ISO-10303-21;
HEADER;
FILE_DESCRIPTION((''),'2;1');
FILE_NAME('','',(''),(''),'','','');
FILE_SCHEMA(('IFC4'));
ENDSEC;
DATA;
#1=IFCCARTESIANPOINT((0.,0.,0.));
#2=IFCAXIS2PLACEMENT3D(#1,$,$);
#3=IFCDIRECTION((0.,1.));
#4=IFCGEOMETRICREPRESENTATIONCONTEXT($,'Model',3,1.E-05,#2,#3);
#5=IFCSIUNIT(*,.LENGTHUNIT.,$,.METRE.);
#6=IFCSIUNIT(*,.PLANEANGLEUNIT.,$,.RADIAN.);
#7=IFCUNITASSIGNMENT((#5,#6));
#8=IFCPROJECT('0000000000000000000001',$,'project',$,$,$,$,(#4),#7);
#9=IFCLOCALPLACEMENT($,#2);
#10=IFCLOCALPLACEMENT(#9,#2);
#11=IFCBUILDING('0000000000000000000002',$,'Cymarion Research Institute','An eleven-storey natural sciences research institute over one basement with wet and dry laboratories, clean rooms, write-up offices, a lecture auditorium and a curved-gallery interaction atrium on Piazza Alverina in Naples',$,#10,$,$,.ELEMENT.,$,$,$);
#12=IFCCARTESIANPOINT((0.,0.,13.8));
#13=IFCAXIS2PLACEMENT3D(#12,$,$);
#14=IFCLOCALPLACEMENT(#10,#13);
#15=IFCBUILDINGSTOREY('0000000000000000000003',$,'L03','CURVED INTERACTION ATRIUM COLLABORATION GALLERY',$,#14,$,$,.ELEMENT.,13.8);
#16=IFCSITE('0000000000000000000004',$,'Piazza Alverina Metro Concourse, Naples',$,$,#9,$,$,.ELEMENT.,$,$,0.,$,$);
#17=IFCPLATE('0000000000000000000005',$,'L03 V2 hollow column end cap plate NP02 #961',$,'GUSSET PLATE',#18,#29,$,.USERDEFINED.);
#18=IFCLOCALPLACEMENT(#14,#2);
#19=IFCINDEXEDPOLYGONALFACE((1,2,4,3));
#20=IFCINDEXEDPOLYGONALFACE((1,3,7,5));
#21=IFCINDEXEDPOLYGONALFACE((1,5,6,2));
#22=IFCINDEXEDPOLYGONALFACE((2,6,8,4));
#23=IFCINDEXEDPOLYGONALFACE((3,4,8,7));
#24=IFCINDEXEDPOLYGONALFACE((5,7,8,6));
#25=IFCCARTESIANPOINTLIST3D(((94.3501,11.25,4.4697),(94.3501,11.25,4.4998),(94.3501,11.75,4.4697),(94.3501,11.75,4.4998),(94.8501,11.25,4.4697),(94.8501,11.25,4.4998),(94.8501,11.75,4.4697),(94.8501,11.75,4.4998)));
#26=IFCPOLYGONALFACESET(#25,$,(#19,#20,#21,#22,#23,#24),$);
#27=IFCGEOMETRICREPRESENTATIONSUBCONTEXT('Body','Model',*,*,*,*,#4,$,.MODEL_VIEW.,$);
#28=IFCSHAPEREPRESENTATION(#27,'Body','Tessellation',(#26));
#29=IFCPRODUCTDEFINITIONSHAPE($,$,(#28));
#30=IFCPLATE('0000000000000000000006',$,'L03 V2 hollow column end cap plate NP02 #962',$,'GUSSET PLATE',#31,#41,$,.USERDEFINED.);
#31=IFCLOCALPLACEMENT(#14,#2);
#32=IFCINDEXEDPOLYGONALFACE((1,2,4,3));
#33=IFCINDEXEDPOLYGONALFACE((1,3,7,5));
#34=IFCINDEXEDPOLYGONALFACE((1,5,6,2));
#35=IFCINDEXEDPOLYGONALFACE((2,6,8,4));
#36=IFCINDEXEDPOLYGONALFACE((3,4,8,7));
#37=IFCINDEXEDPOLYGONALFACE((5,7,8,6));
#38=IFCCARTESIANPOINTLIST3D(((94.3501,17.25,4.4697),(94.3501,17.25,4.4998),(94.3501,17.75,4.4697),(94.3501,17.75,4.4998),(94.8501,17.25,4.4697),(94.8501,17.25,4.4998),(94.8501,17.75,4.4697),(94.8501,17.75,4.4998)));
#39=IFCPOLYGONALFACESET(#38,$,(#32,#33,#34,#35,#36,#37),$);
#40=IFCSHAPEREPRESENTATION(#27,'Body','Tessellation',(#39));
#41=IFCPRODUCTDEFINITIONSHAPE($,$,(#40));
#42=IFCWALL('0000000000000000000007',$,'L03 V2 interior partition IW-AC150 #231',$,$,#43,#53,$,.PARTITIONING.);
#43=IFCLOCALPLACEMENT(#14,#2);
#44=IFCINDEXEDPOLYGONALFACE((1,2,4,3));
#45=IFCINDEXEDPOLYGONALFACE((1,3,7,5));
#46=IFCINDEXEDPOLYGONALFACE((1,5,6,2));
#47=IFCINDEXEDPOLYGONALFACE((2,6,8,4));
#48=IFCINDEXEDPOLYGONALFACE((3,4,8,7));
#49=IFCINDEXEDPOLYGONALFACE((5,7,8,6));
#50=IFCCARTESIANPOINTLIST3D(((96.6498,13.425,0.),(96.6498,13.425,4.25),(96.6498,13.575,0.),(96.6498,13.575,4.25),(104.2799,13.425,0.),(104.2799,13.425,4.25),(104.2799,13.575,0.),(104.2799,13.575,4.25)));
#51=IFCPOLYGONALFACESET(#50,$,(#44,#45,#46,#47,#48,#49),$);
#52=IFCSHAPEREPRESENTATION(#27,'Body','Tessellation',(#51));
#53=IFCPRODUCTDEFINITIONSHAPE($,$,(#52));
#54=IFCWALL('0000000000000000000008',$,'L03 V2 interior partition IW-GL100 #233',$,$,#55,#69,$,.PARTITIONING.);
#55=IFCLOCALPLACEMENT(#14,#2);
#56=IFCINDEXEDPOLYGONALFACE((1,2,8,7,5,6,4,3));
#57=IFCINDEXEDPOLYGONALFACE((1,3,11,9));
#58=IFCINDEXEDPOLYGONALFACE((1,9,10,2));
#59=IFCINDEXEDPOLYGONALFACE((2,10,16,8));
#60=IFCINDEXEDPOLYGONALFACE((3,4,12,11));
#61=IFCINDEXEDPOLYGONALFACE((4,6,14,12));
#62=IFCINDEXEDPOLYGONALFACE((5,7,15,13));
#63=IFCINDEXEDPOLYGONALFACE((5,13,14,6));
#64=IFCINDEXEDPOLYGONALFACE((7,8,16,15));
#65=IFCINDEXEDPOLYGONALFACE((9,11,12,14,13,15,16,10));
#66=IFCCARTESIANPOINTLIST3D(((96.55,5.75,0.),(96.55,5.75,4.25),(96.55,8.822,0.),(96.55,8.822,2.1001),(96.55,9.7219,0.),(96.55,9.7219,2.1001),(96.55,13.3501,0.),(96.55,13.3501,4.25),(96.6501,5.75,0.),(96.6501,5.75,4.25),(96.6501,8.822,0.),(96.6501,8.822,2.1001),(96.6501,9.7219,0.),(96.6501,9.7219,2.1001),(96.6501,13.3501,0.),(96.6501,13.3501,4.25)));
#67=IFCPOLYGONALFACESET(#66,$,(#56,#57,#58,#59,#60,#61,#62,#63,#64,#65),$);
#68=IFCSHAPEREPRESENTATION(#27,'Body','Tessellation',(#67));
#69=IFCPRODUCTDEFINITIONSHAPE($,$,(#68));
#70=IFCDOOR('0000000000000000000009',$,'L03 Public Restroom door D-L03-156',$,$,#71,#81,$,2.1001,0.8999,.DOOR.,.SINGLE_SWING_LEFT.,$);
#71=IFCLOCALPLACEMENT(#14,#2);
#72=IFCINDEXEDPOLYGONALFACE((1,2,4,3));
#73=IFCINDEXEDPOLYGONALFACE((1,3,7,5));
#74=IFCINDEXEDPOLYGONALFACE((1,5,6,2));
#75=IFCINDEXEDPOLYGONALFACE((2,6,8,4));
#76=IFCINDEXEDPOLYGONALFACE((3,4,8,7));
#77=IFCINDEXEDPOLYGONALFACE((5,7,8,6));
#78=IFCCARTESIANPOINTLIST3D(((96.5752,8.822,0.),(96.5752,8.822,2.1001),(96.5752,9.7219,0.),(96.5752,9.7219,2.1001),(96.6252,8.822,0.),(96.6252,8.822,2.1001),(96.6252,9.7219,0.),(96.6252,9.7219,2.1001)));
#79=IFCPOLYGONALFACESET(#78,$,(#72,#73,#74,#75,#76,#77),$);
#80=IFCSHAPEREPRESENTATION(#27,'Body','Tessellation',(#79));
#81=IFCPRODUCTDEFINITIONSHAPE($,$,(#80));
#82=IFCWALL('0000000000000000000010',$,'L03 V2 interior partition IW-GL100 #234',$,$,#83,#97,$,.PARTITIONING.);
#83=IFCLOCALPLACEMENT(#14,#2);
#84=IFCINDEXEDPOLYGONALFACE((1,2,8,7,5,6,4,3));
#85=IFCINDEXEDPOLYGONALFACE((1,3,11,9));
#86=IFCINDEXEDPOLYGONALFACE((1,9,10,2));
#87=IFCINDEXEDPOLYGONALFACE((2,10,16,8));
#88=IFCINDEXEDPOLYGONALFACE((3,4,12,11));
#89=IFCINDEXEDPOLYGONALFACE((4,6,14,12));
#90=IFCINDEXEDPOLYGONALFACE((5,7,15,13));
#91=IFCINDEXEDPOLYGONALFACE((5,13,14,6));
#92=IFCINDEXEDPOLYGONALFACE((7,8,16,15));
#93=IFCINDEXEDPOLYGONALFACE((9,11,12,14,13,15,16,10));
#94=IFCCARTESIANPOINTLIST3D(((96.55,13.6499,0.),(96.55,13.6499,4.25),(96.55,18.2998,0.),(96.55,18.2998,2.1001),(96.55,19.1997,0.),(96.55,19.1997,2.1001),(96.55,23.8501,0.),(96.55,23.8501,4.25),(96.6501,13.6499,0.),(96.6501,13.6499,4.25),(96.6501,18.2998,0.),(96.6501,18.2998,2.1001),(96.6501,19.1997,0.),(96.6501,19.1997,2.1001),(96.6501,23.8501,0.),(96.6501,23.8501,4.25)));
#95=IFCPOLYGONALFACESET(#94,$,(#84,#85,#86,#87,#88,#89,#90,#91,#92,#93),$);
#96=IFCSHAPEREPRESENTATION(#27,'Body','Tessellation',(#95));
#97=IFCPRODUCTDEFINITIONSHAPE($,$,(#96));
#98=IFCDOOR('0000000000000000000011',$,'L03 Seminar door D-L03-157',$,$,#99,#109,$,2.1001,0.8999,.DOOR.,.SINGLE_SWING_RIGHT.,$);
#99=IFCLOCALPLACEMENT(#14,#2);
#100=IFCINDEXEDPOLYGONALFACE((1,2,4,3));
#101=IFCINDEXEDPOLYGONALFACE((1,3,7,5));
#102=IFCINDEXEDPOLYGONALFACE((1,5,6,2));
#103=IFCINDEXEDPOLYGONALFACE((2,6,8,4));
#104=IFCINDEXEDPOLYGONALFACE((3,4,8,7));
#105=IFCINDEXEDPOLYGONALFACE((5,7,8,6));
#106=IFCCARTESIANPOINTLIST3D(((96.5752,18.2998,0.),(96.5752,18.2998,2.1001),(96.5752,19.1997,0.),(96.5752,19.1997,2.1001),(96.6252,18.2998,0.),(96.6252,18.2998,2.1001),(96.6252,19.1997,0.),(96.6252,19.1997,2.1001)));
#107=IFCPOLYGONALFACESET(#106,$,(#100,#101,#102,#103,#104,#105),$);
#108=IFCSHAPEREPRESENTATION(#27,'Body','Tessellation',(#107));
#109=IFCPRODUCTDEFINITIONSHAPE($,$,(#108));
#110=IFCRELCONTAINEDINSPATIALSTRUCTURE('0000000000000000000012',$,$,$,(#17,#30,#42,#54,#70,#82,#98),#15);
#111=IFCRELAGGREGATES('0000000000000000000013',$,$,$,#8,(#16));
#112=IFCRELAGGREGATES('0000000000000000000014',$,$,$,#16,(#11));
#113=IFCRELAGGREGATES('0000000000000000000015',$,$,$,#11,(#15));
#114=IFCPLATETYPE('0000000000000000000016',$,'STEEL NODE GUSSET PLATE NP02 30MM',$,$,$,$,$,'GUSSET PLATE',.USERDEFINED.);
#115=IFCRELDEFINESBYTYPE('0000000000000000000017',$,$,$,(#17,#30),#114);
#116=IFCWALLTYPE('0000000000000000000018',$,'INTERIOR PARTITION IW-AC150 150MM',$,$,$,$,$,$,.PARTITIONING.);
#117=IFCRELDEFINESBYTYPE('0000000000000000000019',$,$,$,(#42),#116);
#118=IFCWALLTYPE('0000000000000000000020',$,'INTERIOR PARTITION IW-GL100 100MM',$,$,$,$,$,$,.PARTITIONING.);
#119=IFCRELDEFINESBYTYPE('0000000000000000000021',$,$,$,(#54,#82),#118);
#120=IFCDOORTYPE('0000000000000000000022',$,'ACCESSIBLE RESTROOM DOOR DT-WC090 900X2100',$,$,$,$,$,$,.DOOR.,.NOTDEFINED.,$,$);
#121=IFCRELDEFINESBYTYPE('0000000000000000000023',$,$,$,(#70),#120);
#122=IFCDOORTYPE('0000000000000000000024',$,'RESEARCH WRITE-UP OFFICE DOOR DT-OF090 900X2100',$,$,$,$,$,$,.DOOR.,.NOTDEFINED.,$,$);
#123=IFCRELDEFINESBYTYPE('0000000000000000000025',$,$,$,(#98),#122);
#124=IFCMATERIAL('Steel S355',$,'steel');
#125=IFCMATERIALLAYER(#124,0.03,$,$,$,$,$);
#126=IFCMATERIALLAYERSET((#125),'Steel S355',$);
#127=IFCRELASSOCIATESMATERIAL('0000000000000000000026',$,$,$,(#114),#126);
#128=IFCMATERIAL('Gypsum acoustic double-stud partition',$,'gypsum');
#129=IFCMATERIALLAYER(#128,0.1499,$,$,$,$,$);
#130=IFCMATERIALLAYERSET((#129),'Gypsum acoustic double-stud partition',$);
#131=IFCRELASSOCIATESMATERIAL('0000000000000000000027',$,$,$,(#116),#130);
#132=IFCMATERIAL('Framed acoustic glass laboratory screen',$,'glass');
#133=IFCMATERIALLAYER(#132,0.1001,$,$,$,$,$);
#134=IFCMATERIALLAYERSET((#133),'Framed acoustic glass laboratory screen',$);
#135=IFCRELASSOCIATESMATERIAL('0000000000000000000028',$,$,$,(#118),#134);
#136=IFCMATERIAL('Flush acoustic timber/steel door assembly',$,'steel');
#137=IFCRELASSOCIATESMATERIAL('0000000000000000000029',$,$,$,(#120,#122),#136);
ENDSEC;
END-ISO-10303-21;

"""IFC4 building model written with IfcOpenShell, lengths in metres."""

from ifc_helpers import new_model, si_unit, direction, frame, frame_2d, origin, origin_2d, place, context, subcontext, project, spatial, rectangle, extrude, material, layer, layer_set, type_object, element, fill, save


model = new_model("IFC4")

# Units and contexts
model_context = context("Model", 3, precision=1e-05, world=origin(), true_north=direction((0.0, 1.0)))
body_context = subcontext(model_context, "Body", "Model", "MODEL_VIEW")
ifc_project = project(units=[si_unit("LENGTHUNIT", "METRE"), si_unit("PLANEANGLEUNIT", "RADIAN")], contexts=[model_context])

# Site, building, storey
site_placement = place(None, origin())
site = spatial("IfcSite", under=ifc_project, at=site_placement, Name="Piazza Alverina Metro Concourse, Naples", CompositionType="ELEMENT", RefElevation=0.0)
building_placement = place(site_placement, origin())
building = spatial("IfcBuilding", under=site, at=building_placement, Name="Cymarion Research Institute", Description="An eleven-storey natural sciences research institute over one basement with wet and dry laboratories, clean rooms, write-up offices, a lecture auditorium and a curved-gallery interaction atrium on Piazza Alverina in Naples", CompositionType="ELEMENT")
storey_placement = place(building_placement, frame((0.0, 0.0, 13.8)))
storey = spatial("IfcBuildingStorey", under=building, at=storey_placement, Name="L03", Description="CURVED INTERACTION ATRIUM COLLABORATION GALLERY", CompositionType="ELEMENT", Elevation=13.8)

# Shared definitions
ifc_material_1 = material(Name="Steel S355", Category="steel")

# Plates
ifc_layer_1 = layer(ifc_material_1, 0.03)
ifc_layer_set_1 = layer_set([ifc_layer_1], Name="Steel S355")
plate_type_1 = type_object("IfcPlateType", Name="STEEL NODE GUSSET PLATE NP02 30MM", ElementType="GUSSET PLATE", PredefinedType="USERDEFINED", material=ifc_layer_set_1)
for number, where, z_axis, x_axis, name in (
    (1, (94.6001, 11.5, 4.4697), (0.0, 0.0, 1.0), (1.0, 0.0, 0.0), "L03 V2 hollow column end cap plate NP02 #961"),
    (2, (94.6001, 17.5, 4.4697), (0.0, 0.0, 1.0), (1.0, 0.0, 0.0), "L03 V2 hollow column end cap plate NP02 #962"),
):
    element("IfcPlate", number, at=place(storey_placement, frame(where, z_axis=z_axis, x_axis=x_axis)), inside=storey, type_object=plate_type_1, Name=name, ObjectType="GUSSET PLATE", PredefinedType="USERDEFINED", context=body_context, shape_type="SweptSolid", body=[
        extrude(rectangle(XDim=0.5, YDim=0.5, at=origin_2d()), origin(), (0.0, 0.0, 1.0), 0.03),
    ])

# Wall
ifc_material_2 = material(Name="Gypsum acoustic double-stud partition", Category="gypsum")
ifc_layer_2 = layer(ifc_material_2, 0.1499)
ifc_layer_set_2 = layer_set([ifc_layer_2], Name="Gypsum acoustic double-stud partition")
wall_type_1 = type_object("IfcWallType", Name="INTERIOR PARTITION IW-AC150 150MM", PredefinedType="PARTITIONING", material=ifc_layer_set_2)
wall_1_placement = place(storey_placement, frame((96.6499, 13.5, 0.0), z_axis=(0.0, 0.0, 1.0), x_axis=(1.0, 0.0, 0.0)))
element("IfcWall", 3, at=wall_1_placement, inside=storey, type_object=wall_type_1, Name="L03 V2 interior partition IW-AC150 #231", PredefinedType="PARTITIONING", context=body_context, shape_type="SweptSolid", body=[
    extrude(rectangle(XDim=7.6301, YDim=0.1499, at=frame_2d((3.8149, 0.0))), origin(), (0.0, 0.0, 1.0), 4.25),
])

# Walls, openings, doors
ifc_material_3 = material(Name="Framed acoustic glass laboratory screen", Category="glass")
ifc_layer_3 = layer(ifc_material_3, 0.1001)
ifc_layer_set_3 = layer_set([ifc_layer_3], Name="Framed acoustic glass laboratory screen")
wall_type_2 = type_object("IfcWallType", Name="INTERIOR PARTITION IW-GL100 100MM", PredefinedType="PARTITIONING", material=ifc_layer_set_3)
wall_2_placement = place(storey_placement, frame((96.6001, 5.75, 0.0), z_axis=(0.0, 0.0, 1.0), x_axis=(0.0, 1.0, 0.0)))
wall_2 = element("IfcWall", 4, at=wall_2_placement, inside=storey, type_object=wall_type_2, Name="L03 V2 interior partition IW-GL100 #233", PredefinedType="PARTITIONING", context=body_context, shape_type="SweptSolid", body=[
    extrude(rectangle(XDim=7.6001, YDim=0.1001, at=frame_2d((3.8, 0.0))), origin(), (0.0, 0.0, 1.0), 4.25),
])
opening_1_placement = place(wall_2_placement, frame((3.072, 0.0, 0.0)))
opening_1 = element("IfcOpeningElement", 5, at=opening_1_placement, cuts=wall_2, PredefinedType="OPENING", context=body_context, shape_type="SweptSolid", body=[
    extrude(rectangle(XDim=0.8999, YDim=2.1001, at=frame_2d((0.45, 1.05))), frame((0.0, 0.0601, 0.0), z_axis=(0.0, -1.0, 0.0), x_axis=(1.0, 0.0, 0.0)), (0.0, 0.0, 1.0), 0.1201),
])
ifc_material_4 = material(Name="Flush acoustic timber/steel door assembly", Category="steel")
door_type_1 = type_object("IfcDoorType", Name="ACCESSIBLE RESTROOM DOOR DT-WC090 900X2100", OperationType="NOTDEFINED", PredefinedType="DOOR", material=ifc_material_4)
door_1_placement = place(opening_1_placement, origin())
door_1 = element("IfcDoor", 6, at=door_1_placement, inside=storey, type_object=door_type_1, Name="L03 Public Restroom door D-L03-156", OperationType="SINGLE_SWING_LEFT", OverallHeight=2.1001, OverallWidth=0.8999, PredefinedType="DOOR", context=body_context, shape_type="SweptSolid", body=[
    extrude(rectangle(XDim=0.8999, YDim=2.1001, at=frame_2d((0.45, 1.05))), frame((0.0, 0.0249, 0.0), z_axis=(0.0, -1.0, 0.0), x_axis=(1.0, 0.0, 0.0)), (0.0, 0.0, 1.0), 0.05),
])
fill(opening_1, door_1)
wall_3_placement = place(storey_placement, frame((96.6001, 13.6499, 0.0), z_axis=(0.0, 0.0, 1.0), x_axis=(0.0, 1.0, 0.0)))
wall_3 = element("IfcWall", 7, at=wall_3_placement, inside=storey, type_object=wall_type_2, Name="L03 V2 interior partition IW-GL100 #234", PredefinedType="PARTITIONING", context=body_context, shape_type="SweptSolid", body=[
    extrude(rectangle(XDim=10.2002, YDim=0.1001, at=frame_2d((5.1001, 0.0))), origin(), (0.0, 0.0, 1.0), 4.25),
])
opening_2_placement = place(wall_3_placement, frame((4.6499, 0.0, 0.0)))
opening_2 = element("IfcOpeningElement", 8, at=opening_2_placement, cuts=wall_3, PredefinedType="OPENING", context=body_context, shape_type="SweptSolid", body=[
    extrude(rectangle(XDim=0.8999, YDim=2.1001, at=frame_2d((0.45, 1.05))), frame((0.0, 0.0601, 0.0), z_axis=(0.0, -1.0, 0.0), x_axis=(1.0, 0.0, 0.0)), (0.0, 0.0, 1.0), 0.1201),
])
door_type_2 = type_object("IfcDoorType", Name="RESEARCH WRITE-UP OFFICE DOOR DT-OF090 900X2100", OperationType="NOTDEFINED", PredefinedType="DOOR", material=ifc_material_4)
door_2_placement = place(opening_2_placement, origin())
door_2 = element("IfcDoor", 9, at=door_2_placement, inside=storey, type_object=door_type_2, Name="L03 Seminar door D-L03-157", OperationType="SINGLE_SWING_RIGHT", OverallHeight=2.1001, OverallWidth=0.8999, PredefinedType="DOOR", context=body_context, shape_type="SweptSolid", body=[
    extrude(rectangle(XDim=0.8999, YDim=2.1001, at=frame_2d((0.45, 1.05))), frame((0.0, 0.0249, 0.0), z_axis=(0.0, -1.0, 0.0), x_axis=(1.0, 0.0, 0.0)), (0.0, 0.0, 1.0), 0.05),
])
fill(opening_2, door_2)

save(model, "model.ifc")
